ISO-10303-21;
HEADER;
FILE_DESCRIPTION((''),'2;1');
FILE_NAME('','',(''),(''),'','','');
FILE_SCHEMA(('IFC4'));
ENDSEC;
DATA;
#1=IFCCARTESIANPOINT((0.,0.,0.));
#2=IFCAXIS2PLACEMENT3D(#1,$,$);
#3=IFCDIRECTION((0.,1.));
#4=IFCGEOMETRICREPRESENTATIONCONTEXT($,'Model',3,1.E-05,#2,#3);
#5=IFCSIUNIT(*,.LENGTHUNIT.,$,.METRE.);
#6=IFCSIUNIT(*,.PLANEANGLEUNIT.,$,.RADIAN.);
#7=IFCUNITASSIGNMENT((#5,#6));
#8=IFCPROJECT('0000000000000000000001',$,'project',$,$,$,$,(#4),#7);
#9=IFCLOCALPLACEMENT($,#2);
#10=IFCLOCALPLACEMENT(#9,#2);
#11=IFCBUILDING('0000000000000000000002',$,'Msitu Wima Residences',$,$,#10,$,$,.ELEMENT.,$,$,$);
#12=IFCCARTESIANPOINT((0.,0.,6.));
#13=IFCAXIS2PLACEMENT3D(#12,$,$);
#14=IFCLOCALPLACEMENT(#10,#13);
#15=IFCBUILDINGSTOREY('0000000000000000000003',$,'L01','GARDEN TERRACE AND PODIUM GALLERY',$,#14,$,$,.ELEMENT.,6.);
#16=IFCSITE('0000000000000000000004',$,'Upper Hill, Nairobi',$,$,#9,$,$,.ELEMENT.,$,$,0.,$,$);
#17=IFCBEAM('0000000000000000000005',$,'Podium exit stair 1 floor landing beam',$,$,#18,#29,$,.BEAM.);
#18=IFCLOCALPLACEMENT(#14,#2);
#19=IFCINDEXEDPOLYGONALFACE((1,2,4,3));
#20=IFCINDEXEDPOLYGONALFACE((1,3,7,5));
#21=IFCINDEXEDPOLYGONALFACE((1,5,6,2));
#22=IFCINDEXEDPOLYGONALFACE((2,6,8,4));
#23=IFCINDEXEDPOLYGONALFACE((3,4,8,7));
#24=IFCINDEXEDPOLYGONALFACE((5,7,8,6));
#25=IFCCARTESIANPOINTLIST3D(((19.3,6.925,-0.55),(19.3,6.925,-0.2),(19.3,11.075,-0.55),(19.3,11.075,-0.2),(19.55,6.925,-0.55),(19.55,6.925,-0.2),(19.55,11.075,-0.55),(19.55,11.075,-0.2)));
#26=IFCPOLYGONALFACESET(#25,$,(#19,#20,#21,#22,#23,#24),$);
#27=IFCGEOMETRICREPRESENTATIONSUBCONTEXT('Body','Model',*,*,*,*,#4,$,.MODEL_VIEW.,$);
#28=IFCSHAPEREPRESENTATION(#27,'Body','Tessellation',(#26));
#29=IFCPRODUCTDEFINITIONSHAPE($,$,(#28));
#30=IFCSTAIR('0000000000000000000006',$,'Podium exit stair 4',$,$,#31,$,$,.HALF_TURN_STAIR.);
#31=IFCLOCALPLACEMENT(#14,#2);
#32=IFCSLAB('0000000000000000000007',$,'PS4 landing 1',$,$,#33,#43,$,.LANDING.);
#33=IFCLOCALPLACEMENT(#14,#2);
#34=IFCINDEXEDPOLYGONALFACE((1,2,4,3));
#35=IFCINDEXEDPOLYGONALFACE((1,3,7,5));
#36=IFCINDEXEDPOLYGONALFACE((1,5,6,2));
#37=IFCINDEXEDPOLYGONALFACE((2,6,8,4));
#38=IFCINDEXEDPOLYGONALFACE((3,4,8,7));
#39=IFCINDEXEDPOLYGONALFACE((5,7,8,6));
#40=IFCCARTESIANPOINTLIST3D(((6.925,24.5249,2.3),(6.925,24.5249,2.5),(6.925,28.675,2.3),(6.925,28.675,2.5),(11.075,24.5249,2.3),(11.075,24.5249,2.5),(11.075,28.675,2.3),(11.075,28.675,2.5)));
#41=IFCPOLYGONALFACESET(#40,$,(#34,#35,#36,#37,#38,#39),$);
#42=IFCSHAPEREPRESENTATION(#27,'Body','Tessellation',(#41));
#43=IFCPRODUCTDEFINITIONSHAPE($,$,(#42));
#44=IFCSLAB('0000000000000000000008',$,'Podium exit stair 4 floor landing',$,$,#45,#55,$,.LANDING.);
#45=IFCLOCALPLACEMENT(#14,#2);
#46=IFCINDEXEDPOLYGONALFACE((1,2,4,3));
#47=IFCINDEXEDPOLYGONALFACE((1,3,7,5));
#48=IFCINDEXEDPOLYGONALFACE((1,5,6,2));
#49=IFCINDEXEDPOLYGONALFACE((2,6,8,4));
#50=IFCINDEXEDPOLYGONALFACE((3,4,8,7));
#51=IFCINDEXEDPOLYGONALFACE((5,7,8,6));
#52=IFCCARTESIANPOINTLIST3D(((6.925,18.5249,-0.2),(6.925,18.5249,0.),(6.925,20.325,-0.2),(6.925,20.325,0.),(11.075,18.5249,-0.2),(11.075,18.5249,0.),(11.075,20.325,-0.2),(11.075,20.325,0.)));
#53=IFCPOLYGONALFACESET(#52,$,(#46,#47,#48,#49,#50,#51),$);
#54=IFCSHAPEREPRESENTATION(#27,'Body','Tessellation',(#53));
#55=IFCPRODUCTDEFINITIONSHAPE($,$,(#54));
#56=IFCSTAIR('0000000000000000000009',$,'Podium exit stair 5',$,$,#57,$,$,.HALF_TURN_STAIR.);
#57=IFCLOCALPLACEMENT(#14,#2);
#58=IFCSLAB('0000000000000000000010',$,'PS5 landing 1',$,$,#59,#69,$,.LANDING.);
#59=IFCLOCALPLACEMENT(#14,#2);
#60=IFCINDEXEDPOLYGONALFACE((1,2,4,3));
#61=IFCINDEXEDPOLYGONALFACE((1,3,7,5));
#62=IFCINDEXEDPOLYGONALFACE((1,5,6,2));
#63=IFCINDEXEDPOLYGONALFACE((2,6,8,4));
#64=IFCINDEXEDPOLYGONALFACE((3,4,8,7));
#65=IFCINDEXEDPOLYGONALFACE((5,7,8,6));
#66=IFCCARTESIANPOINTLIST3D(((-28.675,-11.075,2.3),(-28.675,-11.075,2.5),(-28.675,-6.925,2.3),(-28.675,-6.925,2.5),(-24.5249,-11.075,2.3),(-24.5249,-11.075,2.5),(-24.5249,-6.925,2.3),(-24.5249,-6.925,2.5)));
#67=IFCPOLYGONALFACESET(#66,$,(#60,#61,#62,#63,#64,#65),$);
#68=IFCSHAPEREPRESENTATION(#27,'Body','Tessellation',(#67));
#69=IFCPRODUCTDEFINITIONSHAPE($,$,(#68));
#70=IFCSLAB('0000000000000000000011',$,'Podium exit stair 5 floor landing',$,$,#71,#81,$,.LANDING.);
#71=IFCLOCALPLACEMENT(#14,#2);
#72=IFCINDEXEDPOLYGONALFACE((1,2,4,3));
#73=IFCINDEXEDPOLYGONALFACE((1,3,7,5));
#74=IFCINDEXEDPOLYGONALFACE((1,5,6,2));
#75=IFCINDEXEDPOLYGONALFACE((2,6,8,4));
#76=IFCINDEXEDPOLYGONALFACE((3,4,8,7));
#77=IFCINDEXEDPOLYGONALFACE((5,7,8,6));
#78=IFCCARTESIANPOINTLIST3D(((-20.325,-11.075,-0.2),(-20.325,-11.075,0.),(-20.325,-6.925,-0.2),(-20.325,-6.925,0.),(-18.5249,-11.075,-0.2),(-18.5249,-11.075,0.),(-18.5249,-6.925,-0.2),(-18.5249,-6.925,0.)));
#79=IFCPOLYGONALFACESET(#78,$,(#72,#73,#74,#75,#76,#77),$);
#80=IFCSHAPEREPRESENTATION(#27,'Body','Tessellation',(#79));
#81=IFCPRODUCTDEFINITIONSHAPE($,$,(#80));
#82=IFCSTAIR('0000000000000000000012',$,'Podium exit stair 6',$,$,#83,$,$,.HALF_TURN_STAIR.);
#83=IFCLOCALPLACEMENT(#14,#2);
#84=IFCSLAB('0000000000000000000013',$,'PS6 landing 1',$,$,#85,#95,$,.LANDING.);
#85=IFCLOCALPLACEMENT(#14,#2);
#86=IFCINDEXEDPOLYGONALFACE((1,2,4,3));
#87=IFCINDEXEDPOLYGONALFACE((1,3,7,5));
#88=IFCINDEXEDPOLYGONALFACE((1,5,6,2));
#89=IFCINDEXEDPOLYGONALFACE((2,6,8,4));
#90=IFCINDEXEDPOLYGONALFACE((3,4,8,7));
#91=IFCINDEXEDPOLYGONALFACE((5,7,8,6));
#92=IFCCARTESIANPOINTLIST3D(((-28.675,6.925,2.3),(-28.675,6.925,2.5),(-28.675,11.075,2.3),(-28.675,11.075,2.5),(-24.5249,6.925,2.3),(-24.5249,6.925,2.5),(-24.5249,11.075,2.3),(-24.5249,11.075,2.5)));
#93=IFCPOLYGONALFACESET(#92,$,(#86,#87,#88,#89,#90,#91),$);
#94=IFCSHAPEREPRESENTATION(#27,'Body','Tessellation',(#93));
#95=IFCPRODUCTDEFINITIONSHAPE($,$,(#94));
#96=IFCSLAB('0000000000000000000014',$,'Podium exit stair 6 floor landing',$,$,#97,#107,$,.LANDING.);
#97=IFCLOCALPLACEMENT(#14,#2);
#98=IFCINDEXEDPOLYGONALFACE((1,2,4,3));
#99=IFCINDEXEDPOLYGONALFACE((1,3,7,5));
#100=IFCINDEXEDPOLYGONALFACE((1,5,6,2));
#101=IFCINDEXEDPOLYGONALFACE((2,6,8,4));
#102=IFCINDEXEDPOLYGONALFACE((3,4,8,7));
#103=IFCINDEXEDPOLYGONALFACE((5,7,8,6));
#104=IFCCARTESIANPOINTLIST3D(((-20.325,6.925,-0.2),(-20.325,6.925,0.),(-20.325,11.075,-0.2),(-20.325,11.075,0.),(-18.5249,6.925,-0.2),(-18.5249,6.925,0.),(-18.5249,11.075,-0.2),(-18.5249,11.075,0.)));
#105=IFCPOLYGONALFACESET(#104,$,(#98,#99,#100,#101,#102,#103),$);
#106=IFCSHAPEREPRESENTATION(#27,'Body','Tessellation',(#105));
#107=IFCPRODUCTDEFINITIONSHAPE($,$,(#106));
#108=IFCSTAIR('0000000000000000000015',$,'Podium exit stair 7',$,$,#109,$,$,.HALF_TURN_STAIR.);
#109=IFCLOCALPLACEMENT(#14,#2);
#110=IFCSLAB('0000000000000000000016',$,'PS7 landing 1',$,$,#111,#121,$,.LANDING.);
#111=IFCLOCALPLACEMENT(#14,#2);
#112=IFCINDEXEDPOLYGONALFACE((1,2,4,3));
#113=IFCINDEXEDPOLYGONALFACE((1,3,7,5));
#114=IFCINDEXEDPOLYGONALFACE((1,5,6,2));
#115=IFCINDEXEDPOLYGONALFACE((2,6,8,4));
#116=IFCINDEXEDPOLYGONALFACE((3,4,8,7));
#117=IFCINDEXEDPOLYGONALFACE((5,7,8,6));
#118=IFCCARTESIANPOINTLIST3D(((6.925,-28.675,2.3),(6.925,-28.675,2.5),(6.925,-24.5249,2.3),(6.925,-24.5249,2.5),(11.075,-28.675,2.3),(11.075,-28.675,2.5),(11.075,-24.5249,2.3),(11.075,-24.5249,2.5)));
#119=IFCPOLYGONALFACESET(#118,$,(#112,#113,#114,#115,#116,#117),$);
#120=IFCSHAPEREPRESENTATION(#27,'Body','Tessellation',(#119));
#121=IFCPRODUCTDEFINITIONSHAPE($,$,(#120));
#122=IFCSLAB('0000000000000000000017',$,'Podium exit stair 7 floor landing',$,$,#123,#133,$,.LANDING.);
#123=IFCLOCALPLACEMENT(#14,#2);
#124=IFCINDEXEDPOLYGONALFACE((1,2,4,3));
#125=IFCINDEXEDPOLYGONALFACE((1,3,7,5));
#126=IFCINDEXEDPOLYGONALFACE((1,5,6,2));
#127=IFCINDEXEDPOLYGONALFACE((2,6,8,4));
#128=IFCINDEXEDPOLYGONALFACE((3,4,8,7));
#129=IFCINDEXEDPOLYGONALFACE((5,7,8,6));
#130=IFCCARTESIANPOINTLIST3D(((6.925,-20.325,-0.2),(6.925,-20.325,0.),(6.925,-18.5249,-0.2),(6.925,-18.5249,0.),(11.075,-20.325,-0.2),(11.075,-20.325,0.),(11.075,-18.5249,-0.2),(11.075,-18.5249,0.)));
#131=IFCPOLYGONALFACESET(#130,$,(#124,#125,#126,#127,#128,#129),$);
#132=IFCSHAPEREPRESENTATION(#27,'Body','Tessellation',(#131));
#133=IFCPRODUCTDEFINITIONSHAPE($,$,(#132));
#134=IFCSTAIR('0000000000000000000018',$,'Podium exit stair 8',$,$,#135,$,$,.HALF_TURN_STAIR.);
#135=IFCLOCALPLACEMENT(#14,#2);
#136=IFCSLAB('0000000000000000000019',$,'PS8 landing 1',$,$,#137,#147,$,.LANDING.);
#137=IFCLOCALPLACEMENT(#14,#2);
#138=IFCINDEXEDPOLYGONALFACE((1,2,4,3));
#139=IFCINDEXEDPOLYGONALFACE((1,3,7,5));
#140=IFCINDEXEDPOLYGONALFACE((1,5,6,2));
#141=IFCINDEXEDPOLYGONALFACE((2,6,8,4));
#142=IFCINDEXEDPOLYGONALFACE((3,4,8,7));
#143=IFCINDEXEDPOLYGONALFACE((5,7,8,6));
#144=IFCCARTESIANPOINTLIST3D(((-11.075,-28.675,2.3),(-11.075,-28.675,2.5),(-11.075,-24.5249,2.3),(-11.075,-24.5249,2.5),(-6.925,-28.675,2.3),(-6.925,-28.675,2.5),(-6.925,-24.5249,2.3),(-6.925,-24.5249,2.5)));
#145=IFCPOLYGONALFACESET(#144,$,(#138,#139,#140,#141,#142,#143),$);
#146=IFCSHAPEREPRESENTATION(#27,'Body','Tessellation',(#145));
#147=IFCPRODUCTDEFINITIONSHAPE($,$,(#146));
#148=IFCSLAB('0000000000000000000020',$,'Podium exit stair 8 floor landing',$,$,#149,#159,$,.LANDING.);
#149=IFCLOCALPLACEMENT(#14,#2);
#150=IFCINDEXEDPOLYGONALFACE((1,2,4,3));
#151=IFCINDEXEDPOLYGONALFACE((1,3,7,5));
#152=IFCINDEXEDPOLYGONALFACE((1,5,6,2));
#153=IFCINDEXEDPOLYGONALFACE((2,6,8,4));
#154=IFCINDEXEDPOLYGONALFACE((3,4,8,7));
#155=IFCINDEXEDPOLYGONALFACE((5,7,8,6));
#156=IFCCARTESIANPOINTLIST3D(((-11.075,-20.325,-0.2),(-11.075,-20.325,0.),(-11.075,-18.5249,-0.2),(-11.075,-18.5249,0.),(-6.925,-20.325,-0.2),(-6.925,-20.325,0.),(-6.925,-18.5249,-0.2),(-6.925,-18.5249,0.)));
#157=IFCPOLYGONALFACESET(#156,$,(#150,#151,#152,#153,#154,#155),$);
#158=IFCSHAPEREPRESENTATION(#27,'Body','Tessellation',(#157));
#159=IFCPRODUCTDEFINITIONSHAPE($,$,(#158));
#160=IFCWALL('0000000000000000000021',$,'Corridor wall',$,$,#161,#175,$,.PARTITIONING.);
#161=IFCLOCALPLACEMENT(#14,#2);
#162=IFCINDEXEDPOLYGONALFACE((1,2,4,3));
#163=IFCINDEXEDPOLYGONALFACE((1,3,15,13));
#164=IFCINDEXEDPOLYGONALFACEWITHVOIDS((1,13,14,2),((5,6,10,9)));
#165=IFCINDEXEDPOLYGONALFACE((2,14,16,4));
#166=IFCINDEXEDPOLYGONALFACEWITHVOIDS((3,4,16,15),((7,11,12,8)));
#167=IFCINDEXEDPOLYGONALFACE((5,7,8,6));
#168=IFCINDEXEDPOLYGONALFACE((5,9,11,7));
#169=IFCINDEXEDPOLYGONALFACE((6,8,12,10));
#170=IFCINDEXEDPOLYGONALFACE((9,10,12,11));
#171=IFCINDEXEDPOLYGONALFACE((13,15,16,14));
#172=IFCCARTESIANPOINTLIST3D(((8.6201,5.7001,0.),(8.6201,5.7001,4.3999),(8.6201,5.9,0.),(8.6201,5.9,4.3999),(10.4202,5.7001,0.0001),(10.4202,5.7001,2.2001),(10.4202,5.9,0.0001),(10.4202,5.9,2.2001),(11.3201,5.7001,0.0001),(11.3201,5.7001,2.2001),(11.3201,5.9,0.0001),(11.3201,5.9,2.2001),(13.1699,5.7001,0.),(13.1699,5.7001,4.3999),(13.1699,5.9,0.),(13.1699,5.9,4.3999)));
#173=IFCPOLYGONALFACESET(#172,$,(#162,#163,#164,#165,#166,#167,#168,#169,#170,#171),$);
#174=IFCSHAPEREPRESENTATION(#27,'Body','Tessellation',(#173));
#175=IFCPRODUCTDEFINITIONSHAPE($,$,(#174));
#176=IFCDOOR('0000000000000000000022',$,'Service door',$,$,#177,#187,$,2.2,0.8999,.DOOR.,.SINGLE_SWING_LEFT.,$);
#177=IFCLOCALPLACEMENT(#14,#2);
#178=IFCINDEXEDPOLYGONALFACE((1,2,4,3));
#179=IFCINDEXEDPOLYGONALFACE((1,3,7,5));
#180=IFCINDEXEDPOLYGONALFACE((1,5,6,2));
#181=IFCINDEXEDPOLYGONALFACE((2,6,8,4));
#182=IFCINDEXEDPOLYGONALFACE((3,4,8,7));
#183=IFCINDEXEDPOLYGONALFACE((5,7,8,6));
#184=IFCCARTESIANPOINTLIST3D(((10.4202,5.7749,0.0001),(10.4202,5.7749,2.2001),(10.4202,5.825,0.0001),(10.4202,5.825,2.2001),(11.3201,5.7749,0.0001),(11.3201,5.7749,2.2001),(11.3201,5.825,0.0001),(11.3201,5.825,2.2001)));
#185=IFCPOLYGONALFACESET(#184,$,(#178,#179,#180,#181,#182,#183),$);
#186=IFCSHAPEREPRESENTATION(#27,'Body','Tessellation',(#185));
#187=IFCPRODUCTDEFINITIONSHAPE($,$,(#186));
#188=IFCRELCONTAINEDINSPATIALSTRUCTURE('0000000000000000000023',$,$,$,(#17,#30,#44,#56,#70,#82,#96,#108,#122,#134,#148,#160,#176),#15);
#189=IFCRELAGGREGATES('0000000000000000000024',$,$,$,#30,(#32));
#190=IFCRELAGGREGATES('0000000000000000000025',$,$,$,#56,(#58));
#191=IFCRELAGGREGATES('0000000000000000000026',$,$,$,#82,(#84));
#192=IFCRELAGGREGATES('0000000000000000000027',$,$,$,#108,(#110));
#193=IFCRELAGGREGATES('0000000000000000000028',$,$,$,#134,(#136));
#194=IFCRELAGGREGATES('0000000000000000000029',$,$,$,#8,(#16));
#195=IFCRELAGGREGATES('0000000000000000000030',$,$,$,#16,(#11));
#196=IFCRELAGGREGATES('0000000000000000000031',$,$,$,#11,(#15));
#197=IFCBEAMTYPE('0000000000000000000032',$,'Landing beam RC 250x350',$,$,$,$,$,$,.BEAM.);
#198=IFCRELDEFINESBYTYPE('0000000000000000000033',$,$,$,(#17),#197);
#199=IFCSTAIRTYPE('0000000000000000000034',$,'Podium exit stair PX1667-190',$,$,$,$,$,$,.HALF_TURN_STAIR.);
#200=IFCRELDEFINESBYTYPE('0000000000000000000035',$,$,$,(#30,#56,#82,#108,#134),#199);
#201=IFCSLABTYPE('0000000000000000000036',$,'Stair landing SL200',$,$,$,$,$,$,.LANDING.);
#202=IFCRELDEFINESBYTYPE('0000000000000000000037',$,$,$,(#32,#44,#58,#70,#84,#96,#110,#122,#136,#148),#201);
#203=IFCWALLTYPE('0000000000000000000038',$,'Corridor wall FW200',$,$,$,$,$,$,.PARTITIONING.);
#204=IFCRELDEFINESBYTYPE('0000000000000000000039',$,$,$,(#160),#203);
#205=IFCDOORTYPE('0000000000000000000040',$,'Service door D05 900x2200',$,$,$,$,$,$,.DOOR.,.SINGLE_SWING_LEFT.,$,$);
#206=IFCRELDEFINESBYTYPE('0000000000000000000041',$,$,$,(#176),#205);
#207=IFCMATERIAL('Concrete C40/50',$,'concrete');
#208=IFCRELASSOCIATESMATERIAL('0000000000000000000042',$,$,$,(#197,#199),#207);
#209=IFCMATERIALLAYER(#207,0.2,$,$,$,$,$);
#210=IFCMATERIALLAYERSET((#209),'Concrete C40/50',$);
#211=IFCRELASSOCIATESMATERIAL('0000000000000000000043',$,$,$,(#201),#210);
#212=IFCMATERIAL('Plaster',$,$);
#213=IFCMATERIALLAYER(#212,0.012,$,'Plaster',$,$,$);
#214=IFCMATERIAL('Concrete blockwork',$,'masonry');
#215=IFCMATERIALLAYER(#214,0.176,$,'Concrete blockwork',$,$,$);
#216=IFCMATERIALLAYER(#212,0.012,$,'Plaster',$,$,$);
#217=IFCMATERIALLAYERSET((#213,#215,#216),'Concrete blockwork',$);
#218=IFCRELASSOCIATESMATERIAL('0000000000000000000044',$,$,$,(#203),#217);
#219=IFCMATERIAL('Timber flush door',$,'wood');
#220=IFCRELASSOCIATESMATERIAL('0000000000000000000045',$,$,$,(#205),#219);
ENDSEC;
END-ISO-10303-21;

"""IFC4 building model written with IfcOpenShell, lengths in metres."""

from ifc_helpers import new_model, si_unit, direction, frame, frame_2d, origin, origin_2d, place, context, subcontext, project, spatial, polyline, rectangle, outline, extrude, material, layer, layer_set, material_profile, profile_set, type_object, element, fill, aggregate, save


model = new_model("IFC4")

# Units and contexts
model_context = context("Model", 3, precision=1e-05, world=origin(), true_north=direction((0.0, 1.0)))
body_context = subcontext(model_context, "Body", "Model", "MODEL_VIEW")
ifc_project = project(units=[si_unit("LENGTHUNIT", "METRE"), si_unit("PLANEANGLEUNIT", "RADIAN")], contexts=[model_context])

# Site, building, storey
site_placement = place(None, origin())
site = spatial("IfcSite", under=ifc_project, at=site_placement, Name="Upper Hill, Nairobi", CompositionType="ELEMENT", RefElevation=0.0)
building_placement = place(site_placement, origin())
building = spatial("IfcBuilding", under=site, at=building_placement, Name="Msitu Wima Residences", CompositionType="ELEMENT")
storey_placement = place(building_placement, frame((0.0, 0.0, 6.0)))
storey = spatial("IfcBuildingStorey", under=building, at=storey_placement, Name="L01", Description="GARDEN TERRACE AND PODIUM GALLERY", CompositionType="ELEMENT", Elevation=6.0)

# Beam
ifc_material_1 = material(Name="Concrete C40/50", Category="concrete")
ifc_material_profile = material_profile(ifc_material_1, rectangle(XDim=0.25, YDim=0.3501, at=origin_2d()), Name="RC 250x350")
ifc_profile_set = profile_set([ifc_material_profile], Name="Concrete C40/50")
beam_type = type_object("IfcBeamType", Name="Landing beam RC 250x350", PredefinedType="BEAM", material=ifc_profile_set)
beam_placement = place(storey_placement, frame((19.425, 6.925, -0.375), z_axis=(0.0, 1.0, 0.0), x_axis=(-1.0, 0.0, 0.0)))
element("IfcBeam", 1, at=beam_placement, inside=storey, type_object=beam_type, Name="Podium exit stair 1 floor landing beam", PredefinedType="BEAM", context=body_context, shape_type="SweptSolid", body=[
    extrude(rectangle(XDim=0.25, YDim=0.3501, at=origin_2d()), origin(), (0.0, 0.0, 1.0), 4.1499),
])

# Stair, slab
stair_type = type_object("IfcStairType", Name="Podium exit stair PX1667-190", PredefinedType="HALF_TURN_STAIR", material=ifc_material_1)
stair_1_placement = place(storey_placement, origin())
stair_1 = element("IfcStair", 2, at=stair_1_placement, inside=storey, type_object=stair_type, Name="Podium exit stair 4", PredefinedType="HALF_TURN_STAIR")
ifc_layer_1 = layer(ifc_material_1, 0.2)
ifc_layer_set_1 = layer_set([ifc_layer_1], Name="Concrete C40/50")
slab_type = type_object("IfcSlabType", Name="Stair landing SL200", PredefinedType="LANDING", material=ifc_layer_set_1)
slab_1_placement = place(storey_placement, frame((0.0, 0.0, 2.3)))
slab_1 = element("IfcSlab", 3, at=slab_1_placement, type_object=slab_type, Name="PS4 landing 1", PredefinedType="LANDING", context=body_context, shape_type="SweptSolid", body=[
    extrude(outline(polyline([(6.925, 24.5249), (6.925, 28.675), (11.075, 28.675), (11.075, 24.5249), (6.925, 24.5249)])), origin(), (0.0, 0.0, 1.0), 0.2),
])
aggregate(stair_1, [slab_1])

# Slab
slab_2_placement = place(storey_placement, frame((0.0, 0.0, -0.2)))
element("IfcSlab", 4, at=slab_2_placement, inside=storey, type_object=slab_type, Name="Podium exit stair 4 floor landing", PredefinedType="LANDING", context=body_context, shape_type="SweptSolid", body=[
    extrude(outline(polyline([(6.925, 18.5249), (6.925, 20.325), (11.075, 20.325), (11.075, 18.5249), (6.925, 18.5249)])), origin(), (0.0, 0.0, 1.0), 0.2),
])

# Stair, slab
stair_2_placement = place(storey_placement, origin())
stair_2 = element("IfcStair", 5, at=stair_2_placement, inside=storey, type_object=stair_type, Name="Podium exit stair 5", PredefinedType="HALF_TURN_STAIR")
slab_3_placement = place(storey_placement, frame((0.0, 0.0, 2.3)))
slab_3 = element("IfcSlab", 6, at=slab_3_placement, type_object=slab_type, Name="PS5 landing 1", PredefinedType="LANDING", context=body_context, shape_type="SweptSolid", body=[
    extrude(outline(polyline([(-24.5249, -6.925), (-28.675, -6.925), (-28.675, -11.075), (-24.5249, -11.075), (-24.5249, -6.925)])), origin(), (0.0, 0.0, 1.0), 0.2),
])
aggregate(stair_2, [slab_3])

# Slab
slab_4_placement = place(storey_placement, frame((0.0, 0.0, -0.2)))
element("IfcSlab", 7, at=slab_4_placement, inside=storey, type_object=slab_type, Name="Podium exit stair 5 floor landing", PredefinedType="LANDING", context=body_context, shape_type="SweptSolid", body=[
    extrude(outline(polyline([(-18.5249, -6.925), (-20.325, -6.925), (-20.325, -11.075), (-18.5249, -11.075), (-18.5249, -6.925)])), origin(), (0.0, 0.0, 1.0), 0.2),
])

# Stair, slab
stair_3_placement = place(storey_placement, origin())
stair_3 = element("IfcStair", 8, at=stair_3_placement, inside=storey, type_object=stair_type, Name="Podium exit stair 6", PredefinedType="HALF_TURN_STAIR")
slab_5_placement = place(storey_placement, frame((0.0, 0.0, 2.3)))
slab_5 = element("IfcSlab", 9, at=slab_5_placement, type_object=slab_type, Name="PS6 landing 1", PredefinedType="LANDING", context=body_context, shape_type="SweptSolid", body=[
    extrude(outline(polyline([(-24.5249, 6.925), (-28.675, 6.925), (-28.675, 11.075), (-24.5249, 11.075), (-24.5249, 6.925)])), origin(), (0.0, 0.0, 1.0), 0.2),
])
aggregate(stair_3, [slab_5])

# Slab
slab_6_placement = place(storey_placement, frame((0.0, 0.0, -0.2)))
element("IfcSlab", 10, at=slab_6_placement, inside=storey, type_object=slab_type, Name="Podium exit stair 6 floor landing", PredefinedType="LANDING", context=body_context, shape_type="SweptSolid", body=[
    extrude(outline(polyline([(-18.5249, 6.925), (-20.325, 6.925), (-20.325, 11.075), (-18.5249, 11.075), (-18.5249, 6.925)])), origin(), (0.0, 0.0, 1.0), 0.2),
])

# Stair, slab
stair_4_placement = place(storey_placement, origin())
stair_4 = element("IfcStair", 11, at=stair_4_placement, inside=storey, type_object=stair_type, Name="Podium exit stair 7", PredefinedType="HALF_TURN_STAIR")
slab_7_placement = place(storey_placement, frame((0.0, 0.0, 2.3)))
slab_7 = element("IfcSlab", 12, at=slab_7_placement, type_object=slab_type, Name="PS7 landing 1", PredefinedType="LANDING", context=body_context, shape_type="SweptSolid", body=[
    extrude(outline(polyline([(6.925, -24.5249), (6.925, -28.675), (11.075, -28.675), (11.075, -24.5249), (6.925, -24.5249)])), origin(), (0.0, 0.0, 1.0), 0.2),
])
aggregate(stair_4, [slab_7])

# Slab
slab_8_placement = place(storey_placement, frame((0.0, 0.0, -0.2)))
element("IfcSlab", 13, at=slab_8_placement, inside=storey, type_object=slab_type, Name="Podium exit stair 7 floor landing", PredefinedType="LANDING", context=body_context, shape_type="SweptSolid", body=[
    extrude(outline(polyline([(6.925, -18.5249), (6.925, -20.325), (11.075, -20.325), (11.075, -18.5249), (6.925, -18.5249)])), origin(), (0.0, 0.0, 1.0), 0.2),
])

# Stair, slab
stair_5_placement = place(storey_placement, origin())
stair_5 = element("IfcStair", 14, at=stair_5_placement, inside=storey, type_object=stair_type, Name="Podium exit stair 8", PredefinedType="HALF_TURN_STAIR")
slab_9_placement = place(storey_placement, frame((0.0, 0.0, 2.3)))
slab_9 = element("IfcSlab", 15, at=slab_9_placement, type_object=slab_type, Name="PS8 landing 1", PredefinedType="LANDING", context=body_context, shape_type="SweptSolid", body=[
    extrude(outline(polyline([(-6.925, -24.5249), (-6.925, -28.675), (-11.075, -28.675), (-11.075, -24.5249), (-6.925, -24.5249)])), origin(), (0.0, 0.0, 1.0), 0.2),
])
aggregate(stair_5, [slab_9])

# Slab
slab_10_placement = place(storey_placement, frame((0.0, 0.0, -0.2)))
element("IfcSlab", 16, at=slab_10_placement, inside=storey, type_object=slab_type, Name="Podium exit stair 8 floor landing", PredefinedType="LANDING", context=body_context, shape_type="SweptSolid", body=[
    extrude(outline(polyline([(-6.925, -18.5249), (-6.925, -20.325), (-11.075, -20.325), (-11.075, -18.5249), (-6.925, -18.5249)])), origin(), (0.0, 0.0, 1.0), 0.2),
])

# Wall, opening, door
ifc_material_2 = material(Name="Plaster")
ifc_layer_2 = layer(ifc_material_2, 0.012, Name="Plaster")
ifc_material_3 = material(Name="Concrete blockwork", Category="masonry")
ifc_layer_3 = layer(ifc_material_3, 0.176, Name="Concrete blockwork")
ifc_layer_4 = layer(ifc_material_2, 0.012, Name="Plaster")
ifc_layer_set_2 = layer_set([ifc_layer_2, ifc_layer_3, ifc_layer_4], Name="Concrete blockwork")
wall_type_1 = type_object("IfcWallType", Name="Corridor wall FW200", PredefinedType="PARTITIONING", material=ifc_layer_set_2)
wall_1_placement = place(storey_placement, frame((8.6201, 5.8, 0.0), z_axis=(0.0, 0.0, 1.0), x_axis=(1.0, 0.0, 0.0)))
wall_1 = element("IfcWall", 17, at=wall_1_placement, inside=storey, type_object=wall_type_1, Name="Corridor wall", PredefinedType="PARTITIONING", context=body_context, shape_type="SweptSolid", body=[
    extrude(rectangle(XDim=4.5498, YDim=0.2, at=frame_2d((2.2749, 0.0))), origin(), (0.0, 0.0, 1.0), 4.3999),
])
opening_1_placement = place(wall_1_placement, frame((1.8, 0.0, 0.0)))
opening_1 = element("IfcOpeningElement", 18, at=opening_1_placement, cuts=wall_1, PredefinedType="OPENING", context=body_context, shape_type="SweptSolid", body=[
    extrude(rectangle(XDim=0.8999, YDim=2.2, at=frame_2d((0.45, 1.1001))), frame((0.0, 0.1099, 0.0), z_axis=(0.0, -1.0, 0.0), x_axis=(1.0, 0.0, 0.0)), (0.0, 0.0, 1.0), 0.22),
])
ifc_material_4 = material(Name="Timber flush door", Category="wood")
door_type_1 = type_object("IfcDoorType", Name="Service door D05 900x2200", OperationType="SINGLE_SWING_LEFT", PredefinedType="DOOR", material=ifc_material_4)
door_1_placement = place(opening_1_placement, origin())
door_1 = element("IfcDoor", 19, at=door_1_placement, inside=storey, type_object=door_type_1, Name="Service door", OperationType="SINGLE_SWING_LEFT", OverallHeight=2.2, OverallWidth=0.8999, PredefinedType="DOOR", context=body_context, shape_type="SweptSolid", body=[
    extrude(rectangle(XDim=0.8999, YDim=2.2, at=frame_2d((0.45, 1.1001))), frame((0.0, 0.0249, 0.0), z_axis=(0.0, -1.0, 0.0), x_axis=(1.0, 0.0, 0.0)), (0.0, 0.0, 1.0), 0.05),
])
fill(opening_1, door_1)

save(model, "model.ifc")
